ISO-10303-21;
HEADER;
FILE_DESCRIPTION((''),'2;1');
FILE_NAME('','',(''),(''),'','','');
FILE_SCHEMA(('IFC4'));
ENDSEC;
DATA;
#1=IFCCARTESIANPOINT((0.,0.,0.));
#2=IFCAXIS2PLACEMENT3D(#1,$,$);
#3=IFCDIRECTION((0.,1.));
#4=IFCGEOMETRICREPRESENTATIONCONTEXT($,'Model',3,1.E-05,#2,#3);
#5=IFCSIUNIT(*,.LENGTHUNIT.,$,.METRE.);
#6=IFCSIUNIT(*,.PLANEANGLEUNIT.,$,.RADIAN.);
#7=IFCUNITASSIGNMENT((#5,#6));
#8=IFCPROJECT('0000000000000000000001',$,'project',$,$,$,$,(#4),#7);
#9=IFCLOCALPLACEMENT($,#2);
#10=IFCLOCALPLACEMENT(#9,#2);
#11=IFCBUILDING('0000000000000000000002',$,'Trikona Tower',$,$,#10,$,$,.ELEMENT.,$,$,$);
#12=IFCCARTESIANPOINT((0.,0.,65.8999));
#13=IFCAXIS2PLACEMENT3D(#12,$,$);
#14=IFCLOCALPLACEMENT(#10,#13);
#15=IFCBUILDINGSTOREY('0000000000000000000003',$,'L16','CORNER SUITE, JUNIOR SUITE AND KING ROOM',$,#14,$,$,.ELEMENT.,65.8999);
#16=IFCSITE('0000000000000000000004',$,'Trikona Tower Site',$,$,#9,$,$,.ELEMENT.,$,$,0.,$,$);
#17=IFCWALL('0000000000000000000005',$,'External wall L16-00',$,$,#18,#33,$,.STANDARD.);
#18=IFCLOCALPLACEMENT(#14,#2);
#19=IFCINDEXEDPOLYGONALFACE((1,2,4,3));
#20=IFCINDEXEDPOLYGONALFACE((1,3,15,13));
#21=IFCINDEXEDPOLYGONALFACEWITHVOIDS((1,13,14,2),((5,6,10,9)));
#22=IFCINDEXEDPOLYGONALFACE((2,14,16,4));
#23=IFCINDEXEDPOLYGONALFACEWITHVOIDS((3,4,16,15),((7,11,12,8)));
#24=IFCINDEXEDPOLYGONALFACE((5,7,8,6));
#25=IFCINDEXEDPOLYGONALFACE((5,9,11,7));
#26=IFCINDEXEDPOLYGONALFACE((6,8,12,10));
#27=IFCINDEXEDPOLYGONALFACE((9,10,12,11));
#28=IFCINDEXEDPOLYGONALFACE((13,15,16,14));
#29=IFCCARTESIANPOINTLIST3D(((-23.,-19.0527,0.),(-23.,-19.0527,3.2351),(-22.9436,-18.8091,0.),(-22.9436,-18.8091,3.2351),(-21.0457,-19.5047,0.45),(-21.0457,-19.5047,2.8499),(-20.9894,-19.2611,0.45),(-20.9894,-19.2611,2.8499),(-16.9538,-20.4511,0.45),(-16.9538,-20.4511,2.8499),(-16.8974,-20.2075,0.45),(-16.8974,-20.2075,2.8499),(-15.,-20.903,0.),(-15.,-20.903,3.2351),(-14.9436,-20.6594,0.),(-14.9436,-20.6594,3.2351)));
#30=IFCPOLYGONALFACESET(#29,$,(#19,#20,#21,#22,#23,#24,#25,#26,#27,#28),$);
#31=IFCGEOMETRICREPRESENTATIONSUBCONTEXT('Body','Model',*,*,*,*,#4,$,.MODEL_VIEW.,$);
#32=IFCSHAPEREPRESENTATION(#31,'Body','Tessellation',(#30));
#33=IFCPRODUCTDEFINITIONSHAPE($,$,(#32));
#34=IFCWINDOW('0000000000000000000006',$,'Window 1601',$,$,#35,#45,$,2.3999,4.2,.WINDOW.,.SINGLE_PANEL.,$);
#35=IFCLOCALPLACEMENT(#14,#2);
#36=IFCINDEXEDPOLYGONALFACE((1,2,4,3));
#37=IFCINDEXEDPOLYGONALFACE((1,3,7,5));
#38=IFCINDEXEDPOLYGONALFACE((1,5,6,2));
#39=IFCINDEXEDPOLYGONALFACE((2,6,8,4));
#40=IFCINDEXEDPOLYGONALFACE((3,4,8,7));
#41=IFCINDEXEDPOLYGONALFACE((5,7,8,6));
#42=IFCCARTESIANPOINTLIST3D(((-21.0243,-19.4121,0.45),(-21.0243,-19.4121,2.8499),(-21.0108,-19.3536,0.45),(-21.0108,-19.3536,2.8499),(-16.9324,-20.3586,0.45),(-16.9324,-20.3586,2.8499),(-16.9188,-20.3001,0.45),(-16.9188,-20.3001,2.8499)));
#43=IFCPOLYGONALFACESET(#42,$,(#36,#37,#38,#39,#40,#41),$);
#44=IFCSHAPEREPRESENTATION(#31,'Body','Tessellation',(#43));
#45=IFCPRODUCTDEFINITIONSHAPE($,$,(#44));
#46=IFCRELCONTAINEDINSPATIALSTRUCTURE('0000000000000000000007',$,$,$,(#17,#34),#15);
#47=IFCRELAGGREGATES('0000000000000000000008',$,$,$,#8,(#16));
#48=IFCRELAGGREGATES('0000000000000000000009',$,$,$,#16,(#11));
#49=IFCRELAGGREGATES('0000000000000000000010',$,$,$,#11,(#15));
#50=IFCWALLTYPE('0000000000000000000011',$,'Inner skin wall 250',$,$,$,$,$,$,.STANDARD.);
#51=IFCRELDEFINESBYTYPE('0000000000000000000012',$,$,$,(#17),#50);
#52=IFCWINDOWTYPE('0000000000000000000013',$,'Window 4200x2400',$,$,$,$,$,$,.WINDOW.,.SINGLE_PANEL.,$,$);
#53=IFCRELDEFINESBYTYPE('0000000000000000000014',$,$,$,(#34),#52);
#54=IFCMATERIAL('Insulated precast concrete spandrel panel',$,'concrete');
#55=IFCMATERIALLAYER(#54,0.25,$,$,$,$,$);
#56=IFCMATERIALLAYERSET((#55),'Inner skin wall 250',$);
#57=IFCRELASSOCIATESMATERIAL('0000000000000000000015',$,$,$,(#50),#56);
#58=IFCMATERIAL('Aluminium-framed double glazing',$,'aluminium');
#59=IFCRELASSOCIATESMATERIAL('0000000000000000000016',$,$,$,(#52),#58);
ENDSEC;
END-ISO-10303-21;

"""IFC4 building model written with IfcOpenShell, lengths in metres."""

from ifc_helpers import new_model, si_unit, direction, frame, frame_2d, origin, place, context, subcontext, project, spatial, rectangle, extrude, material, layer, layer_set, type_object, element, fill, save


model = new_model("IFC4")

# Units and contexts
model_context = context("Model", 3, precision=1e-05, world=origin(), true_north=direction((0.0, 1.0)))
body_context = subcontext(model_context, "Body", "Model", "MODEL_VIEW")
ifc_project = project(units=[si_unit("LENGTHUNIT", "METRE"), si_unit("PLANEANGLEUNIT", "RADIAN")], contexts=[model_context])

# Site, building, storey
site_placement = place(None, origin())
site = spatial("IfcSite", under=ifc_project, at=site_placement, Name="Trikona Tower Site", CompositionType="ELEMENT", RefElevation=0.0)
building_placement = place(site_placement, origin())
building = spatial("IfcBuilding", under=site, at=building_placement, Name="Trikona Tower", CompositionType="ELEMENT")
storey_placement = place(building_placement, frame((0.0, 0.0, 65.8999)))
storey = spatial("IfcBuildingStorey", under=building, at=storey_placement, Name="L16", Description="CORNER SUITE, JUNIOR SUITE AND KING ROOM", CompositionType="ELEMENT", Elevation=65.8999)

# Wall, opening, window
ifc_material_1 = material(Name="Insulated precast concrete spandrel panel", Category="concrete")
ifc_layer_1 = layer(ifc_material_1, 0.25)
ifc_layer_set_1 = layer_set([ifc_layer_1], Name="Inner skin wall 250")
wall_type_1 = type_object("IfcWallType", Name="Inner skin wall 250", PredefinedType="STANDARD", material=ifc_layer_set_1)
wall_1_placement = place(storey_placement, frame((-22.9717, -18.9309, 0.0), z_axis=(0.0, 0.0, 1.0), x_axis=(0.974279, -0.225344, 0.0)))
wall_1 = element("IfcWall", 1, at=wall_1_placement, inside=storey, type_object=wall_type_1, Name="External wall L16-00", PredefinedType="STANDARD", context=body_context, shape_type="SweptSolid", body=[
    extrude(rectangle(XDim=8.2112, YDim=0.25, at=frame_2d((4.1055, 0.0))), origin(), (0.0, 0.0, 1.0), 3.2351),
])
opening_1_placement = place(wall_1_placement, frame((2.0056, 0.0, 0.45)))
opening_1 = element("IfcOpeningElement", 2, at=opening_1_placement, cuts=wall_1, PredefinedType="OPENING", context=body_context, shape_type="SweptSolid", body=[
    extrude(rectangle(XDim=4.2, YDim=2.3999, at=frame_2d((2.1001, 1.2))), frame((0.0, 0.135, 0.0), z_axis=(0.0, -1.0, 0.0), x_axis=(1.0, 0.0, 0.0)), (0.0, 0.0, 1.0), 0.27),
])
ifc_material_2 = material(Name="Aluminium-framed double glazing", Category="aluminium")
window_type_1 = type_object("IfcWindowType", Name="Window 4200x2400", PartitioningType="SINGLE_PANEL", PredefinedType="WINDOW", material=ifc_material_2)
window_1_placement = place(opening_1_placement, origin())
window_1 = element("IfcWindow", 3, at=window_1_placement, inside=storey, type_object=window_type_1, Name="Window 1601", OverallHeight=2.3999, OverallWidth=4.2, PartitioningType="SINGLE_PANEL", PredefinedType="WINDOW", context=body_context, shape_type="SweptSolid", body=[
    extrude(rectangle(XDim=4.2, YDim=2.3999, at=frame_2d((2.1001, 1.2))), frame((0.0, 0.03, 0.0), z_axis=(0.0, -1.0, 0.0), x_axis=(1.0, 0.0, 0.0)), (0.0, 0.0, 1.0), 0.0601),
])
fill(opening_1, window_1)

save(model, "model.ifc")
